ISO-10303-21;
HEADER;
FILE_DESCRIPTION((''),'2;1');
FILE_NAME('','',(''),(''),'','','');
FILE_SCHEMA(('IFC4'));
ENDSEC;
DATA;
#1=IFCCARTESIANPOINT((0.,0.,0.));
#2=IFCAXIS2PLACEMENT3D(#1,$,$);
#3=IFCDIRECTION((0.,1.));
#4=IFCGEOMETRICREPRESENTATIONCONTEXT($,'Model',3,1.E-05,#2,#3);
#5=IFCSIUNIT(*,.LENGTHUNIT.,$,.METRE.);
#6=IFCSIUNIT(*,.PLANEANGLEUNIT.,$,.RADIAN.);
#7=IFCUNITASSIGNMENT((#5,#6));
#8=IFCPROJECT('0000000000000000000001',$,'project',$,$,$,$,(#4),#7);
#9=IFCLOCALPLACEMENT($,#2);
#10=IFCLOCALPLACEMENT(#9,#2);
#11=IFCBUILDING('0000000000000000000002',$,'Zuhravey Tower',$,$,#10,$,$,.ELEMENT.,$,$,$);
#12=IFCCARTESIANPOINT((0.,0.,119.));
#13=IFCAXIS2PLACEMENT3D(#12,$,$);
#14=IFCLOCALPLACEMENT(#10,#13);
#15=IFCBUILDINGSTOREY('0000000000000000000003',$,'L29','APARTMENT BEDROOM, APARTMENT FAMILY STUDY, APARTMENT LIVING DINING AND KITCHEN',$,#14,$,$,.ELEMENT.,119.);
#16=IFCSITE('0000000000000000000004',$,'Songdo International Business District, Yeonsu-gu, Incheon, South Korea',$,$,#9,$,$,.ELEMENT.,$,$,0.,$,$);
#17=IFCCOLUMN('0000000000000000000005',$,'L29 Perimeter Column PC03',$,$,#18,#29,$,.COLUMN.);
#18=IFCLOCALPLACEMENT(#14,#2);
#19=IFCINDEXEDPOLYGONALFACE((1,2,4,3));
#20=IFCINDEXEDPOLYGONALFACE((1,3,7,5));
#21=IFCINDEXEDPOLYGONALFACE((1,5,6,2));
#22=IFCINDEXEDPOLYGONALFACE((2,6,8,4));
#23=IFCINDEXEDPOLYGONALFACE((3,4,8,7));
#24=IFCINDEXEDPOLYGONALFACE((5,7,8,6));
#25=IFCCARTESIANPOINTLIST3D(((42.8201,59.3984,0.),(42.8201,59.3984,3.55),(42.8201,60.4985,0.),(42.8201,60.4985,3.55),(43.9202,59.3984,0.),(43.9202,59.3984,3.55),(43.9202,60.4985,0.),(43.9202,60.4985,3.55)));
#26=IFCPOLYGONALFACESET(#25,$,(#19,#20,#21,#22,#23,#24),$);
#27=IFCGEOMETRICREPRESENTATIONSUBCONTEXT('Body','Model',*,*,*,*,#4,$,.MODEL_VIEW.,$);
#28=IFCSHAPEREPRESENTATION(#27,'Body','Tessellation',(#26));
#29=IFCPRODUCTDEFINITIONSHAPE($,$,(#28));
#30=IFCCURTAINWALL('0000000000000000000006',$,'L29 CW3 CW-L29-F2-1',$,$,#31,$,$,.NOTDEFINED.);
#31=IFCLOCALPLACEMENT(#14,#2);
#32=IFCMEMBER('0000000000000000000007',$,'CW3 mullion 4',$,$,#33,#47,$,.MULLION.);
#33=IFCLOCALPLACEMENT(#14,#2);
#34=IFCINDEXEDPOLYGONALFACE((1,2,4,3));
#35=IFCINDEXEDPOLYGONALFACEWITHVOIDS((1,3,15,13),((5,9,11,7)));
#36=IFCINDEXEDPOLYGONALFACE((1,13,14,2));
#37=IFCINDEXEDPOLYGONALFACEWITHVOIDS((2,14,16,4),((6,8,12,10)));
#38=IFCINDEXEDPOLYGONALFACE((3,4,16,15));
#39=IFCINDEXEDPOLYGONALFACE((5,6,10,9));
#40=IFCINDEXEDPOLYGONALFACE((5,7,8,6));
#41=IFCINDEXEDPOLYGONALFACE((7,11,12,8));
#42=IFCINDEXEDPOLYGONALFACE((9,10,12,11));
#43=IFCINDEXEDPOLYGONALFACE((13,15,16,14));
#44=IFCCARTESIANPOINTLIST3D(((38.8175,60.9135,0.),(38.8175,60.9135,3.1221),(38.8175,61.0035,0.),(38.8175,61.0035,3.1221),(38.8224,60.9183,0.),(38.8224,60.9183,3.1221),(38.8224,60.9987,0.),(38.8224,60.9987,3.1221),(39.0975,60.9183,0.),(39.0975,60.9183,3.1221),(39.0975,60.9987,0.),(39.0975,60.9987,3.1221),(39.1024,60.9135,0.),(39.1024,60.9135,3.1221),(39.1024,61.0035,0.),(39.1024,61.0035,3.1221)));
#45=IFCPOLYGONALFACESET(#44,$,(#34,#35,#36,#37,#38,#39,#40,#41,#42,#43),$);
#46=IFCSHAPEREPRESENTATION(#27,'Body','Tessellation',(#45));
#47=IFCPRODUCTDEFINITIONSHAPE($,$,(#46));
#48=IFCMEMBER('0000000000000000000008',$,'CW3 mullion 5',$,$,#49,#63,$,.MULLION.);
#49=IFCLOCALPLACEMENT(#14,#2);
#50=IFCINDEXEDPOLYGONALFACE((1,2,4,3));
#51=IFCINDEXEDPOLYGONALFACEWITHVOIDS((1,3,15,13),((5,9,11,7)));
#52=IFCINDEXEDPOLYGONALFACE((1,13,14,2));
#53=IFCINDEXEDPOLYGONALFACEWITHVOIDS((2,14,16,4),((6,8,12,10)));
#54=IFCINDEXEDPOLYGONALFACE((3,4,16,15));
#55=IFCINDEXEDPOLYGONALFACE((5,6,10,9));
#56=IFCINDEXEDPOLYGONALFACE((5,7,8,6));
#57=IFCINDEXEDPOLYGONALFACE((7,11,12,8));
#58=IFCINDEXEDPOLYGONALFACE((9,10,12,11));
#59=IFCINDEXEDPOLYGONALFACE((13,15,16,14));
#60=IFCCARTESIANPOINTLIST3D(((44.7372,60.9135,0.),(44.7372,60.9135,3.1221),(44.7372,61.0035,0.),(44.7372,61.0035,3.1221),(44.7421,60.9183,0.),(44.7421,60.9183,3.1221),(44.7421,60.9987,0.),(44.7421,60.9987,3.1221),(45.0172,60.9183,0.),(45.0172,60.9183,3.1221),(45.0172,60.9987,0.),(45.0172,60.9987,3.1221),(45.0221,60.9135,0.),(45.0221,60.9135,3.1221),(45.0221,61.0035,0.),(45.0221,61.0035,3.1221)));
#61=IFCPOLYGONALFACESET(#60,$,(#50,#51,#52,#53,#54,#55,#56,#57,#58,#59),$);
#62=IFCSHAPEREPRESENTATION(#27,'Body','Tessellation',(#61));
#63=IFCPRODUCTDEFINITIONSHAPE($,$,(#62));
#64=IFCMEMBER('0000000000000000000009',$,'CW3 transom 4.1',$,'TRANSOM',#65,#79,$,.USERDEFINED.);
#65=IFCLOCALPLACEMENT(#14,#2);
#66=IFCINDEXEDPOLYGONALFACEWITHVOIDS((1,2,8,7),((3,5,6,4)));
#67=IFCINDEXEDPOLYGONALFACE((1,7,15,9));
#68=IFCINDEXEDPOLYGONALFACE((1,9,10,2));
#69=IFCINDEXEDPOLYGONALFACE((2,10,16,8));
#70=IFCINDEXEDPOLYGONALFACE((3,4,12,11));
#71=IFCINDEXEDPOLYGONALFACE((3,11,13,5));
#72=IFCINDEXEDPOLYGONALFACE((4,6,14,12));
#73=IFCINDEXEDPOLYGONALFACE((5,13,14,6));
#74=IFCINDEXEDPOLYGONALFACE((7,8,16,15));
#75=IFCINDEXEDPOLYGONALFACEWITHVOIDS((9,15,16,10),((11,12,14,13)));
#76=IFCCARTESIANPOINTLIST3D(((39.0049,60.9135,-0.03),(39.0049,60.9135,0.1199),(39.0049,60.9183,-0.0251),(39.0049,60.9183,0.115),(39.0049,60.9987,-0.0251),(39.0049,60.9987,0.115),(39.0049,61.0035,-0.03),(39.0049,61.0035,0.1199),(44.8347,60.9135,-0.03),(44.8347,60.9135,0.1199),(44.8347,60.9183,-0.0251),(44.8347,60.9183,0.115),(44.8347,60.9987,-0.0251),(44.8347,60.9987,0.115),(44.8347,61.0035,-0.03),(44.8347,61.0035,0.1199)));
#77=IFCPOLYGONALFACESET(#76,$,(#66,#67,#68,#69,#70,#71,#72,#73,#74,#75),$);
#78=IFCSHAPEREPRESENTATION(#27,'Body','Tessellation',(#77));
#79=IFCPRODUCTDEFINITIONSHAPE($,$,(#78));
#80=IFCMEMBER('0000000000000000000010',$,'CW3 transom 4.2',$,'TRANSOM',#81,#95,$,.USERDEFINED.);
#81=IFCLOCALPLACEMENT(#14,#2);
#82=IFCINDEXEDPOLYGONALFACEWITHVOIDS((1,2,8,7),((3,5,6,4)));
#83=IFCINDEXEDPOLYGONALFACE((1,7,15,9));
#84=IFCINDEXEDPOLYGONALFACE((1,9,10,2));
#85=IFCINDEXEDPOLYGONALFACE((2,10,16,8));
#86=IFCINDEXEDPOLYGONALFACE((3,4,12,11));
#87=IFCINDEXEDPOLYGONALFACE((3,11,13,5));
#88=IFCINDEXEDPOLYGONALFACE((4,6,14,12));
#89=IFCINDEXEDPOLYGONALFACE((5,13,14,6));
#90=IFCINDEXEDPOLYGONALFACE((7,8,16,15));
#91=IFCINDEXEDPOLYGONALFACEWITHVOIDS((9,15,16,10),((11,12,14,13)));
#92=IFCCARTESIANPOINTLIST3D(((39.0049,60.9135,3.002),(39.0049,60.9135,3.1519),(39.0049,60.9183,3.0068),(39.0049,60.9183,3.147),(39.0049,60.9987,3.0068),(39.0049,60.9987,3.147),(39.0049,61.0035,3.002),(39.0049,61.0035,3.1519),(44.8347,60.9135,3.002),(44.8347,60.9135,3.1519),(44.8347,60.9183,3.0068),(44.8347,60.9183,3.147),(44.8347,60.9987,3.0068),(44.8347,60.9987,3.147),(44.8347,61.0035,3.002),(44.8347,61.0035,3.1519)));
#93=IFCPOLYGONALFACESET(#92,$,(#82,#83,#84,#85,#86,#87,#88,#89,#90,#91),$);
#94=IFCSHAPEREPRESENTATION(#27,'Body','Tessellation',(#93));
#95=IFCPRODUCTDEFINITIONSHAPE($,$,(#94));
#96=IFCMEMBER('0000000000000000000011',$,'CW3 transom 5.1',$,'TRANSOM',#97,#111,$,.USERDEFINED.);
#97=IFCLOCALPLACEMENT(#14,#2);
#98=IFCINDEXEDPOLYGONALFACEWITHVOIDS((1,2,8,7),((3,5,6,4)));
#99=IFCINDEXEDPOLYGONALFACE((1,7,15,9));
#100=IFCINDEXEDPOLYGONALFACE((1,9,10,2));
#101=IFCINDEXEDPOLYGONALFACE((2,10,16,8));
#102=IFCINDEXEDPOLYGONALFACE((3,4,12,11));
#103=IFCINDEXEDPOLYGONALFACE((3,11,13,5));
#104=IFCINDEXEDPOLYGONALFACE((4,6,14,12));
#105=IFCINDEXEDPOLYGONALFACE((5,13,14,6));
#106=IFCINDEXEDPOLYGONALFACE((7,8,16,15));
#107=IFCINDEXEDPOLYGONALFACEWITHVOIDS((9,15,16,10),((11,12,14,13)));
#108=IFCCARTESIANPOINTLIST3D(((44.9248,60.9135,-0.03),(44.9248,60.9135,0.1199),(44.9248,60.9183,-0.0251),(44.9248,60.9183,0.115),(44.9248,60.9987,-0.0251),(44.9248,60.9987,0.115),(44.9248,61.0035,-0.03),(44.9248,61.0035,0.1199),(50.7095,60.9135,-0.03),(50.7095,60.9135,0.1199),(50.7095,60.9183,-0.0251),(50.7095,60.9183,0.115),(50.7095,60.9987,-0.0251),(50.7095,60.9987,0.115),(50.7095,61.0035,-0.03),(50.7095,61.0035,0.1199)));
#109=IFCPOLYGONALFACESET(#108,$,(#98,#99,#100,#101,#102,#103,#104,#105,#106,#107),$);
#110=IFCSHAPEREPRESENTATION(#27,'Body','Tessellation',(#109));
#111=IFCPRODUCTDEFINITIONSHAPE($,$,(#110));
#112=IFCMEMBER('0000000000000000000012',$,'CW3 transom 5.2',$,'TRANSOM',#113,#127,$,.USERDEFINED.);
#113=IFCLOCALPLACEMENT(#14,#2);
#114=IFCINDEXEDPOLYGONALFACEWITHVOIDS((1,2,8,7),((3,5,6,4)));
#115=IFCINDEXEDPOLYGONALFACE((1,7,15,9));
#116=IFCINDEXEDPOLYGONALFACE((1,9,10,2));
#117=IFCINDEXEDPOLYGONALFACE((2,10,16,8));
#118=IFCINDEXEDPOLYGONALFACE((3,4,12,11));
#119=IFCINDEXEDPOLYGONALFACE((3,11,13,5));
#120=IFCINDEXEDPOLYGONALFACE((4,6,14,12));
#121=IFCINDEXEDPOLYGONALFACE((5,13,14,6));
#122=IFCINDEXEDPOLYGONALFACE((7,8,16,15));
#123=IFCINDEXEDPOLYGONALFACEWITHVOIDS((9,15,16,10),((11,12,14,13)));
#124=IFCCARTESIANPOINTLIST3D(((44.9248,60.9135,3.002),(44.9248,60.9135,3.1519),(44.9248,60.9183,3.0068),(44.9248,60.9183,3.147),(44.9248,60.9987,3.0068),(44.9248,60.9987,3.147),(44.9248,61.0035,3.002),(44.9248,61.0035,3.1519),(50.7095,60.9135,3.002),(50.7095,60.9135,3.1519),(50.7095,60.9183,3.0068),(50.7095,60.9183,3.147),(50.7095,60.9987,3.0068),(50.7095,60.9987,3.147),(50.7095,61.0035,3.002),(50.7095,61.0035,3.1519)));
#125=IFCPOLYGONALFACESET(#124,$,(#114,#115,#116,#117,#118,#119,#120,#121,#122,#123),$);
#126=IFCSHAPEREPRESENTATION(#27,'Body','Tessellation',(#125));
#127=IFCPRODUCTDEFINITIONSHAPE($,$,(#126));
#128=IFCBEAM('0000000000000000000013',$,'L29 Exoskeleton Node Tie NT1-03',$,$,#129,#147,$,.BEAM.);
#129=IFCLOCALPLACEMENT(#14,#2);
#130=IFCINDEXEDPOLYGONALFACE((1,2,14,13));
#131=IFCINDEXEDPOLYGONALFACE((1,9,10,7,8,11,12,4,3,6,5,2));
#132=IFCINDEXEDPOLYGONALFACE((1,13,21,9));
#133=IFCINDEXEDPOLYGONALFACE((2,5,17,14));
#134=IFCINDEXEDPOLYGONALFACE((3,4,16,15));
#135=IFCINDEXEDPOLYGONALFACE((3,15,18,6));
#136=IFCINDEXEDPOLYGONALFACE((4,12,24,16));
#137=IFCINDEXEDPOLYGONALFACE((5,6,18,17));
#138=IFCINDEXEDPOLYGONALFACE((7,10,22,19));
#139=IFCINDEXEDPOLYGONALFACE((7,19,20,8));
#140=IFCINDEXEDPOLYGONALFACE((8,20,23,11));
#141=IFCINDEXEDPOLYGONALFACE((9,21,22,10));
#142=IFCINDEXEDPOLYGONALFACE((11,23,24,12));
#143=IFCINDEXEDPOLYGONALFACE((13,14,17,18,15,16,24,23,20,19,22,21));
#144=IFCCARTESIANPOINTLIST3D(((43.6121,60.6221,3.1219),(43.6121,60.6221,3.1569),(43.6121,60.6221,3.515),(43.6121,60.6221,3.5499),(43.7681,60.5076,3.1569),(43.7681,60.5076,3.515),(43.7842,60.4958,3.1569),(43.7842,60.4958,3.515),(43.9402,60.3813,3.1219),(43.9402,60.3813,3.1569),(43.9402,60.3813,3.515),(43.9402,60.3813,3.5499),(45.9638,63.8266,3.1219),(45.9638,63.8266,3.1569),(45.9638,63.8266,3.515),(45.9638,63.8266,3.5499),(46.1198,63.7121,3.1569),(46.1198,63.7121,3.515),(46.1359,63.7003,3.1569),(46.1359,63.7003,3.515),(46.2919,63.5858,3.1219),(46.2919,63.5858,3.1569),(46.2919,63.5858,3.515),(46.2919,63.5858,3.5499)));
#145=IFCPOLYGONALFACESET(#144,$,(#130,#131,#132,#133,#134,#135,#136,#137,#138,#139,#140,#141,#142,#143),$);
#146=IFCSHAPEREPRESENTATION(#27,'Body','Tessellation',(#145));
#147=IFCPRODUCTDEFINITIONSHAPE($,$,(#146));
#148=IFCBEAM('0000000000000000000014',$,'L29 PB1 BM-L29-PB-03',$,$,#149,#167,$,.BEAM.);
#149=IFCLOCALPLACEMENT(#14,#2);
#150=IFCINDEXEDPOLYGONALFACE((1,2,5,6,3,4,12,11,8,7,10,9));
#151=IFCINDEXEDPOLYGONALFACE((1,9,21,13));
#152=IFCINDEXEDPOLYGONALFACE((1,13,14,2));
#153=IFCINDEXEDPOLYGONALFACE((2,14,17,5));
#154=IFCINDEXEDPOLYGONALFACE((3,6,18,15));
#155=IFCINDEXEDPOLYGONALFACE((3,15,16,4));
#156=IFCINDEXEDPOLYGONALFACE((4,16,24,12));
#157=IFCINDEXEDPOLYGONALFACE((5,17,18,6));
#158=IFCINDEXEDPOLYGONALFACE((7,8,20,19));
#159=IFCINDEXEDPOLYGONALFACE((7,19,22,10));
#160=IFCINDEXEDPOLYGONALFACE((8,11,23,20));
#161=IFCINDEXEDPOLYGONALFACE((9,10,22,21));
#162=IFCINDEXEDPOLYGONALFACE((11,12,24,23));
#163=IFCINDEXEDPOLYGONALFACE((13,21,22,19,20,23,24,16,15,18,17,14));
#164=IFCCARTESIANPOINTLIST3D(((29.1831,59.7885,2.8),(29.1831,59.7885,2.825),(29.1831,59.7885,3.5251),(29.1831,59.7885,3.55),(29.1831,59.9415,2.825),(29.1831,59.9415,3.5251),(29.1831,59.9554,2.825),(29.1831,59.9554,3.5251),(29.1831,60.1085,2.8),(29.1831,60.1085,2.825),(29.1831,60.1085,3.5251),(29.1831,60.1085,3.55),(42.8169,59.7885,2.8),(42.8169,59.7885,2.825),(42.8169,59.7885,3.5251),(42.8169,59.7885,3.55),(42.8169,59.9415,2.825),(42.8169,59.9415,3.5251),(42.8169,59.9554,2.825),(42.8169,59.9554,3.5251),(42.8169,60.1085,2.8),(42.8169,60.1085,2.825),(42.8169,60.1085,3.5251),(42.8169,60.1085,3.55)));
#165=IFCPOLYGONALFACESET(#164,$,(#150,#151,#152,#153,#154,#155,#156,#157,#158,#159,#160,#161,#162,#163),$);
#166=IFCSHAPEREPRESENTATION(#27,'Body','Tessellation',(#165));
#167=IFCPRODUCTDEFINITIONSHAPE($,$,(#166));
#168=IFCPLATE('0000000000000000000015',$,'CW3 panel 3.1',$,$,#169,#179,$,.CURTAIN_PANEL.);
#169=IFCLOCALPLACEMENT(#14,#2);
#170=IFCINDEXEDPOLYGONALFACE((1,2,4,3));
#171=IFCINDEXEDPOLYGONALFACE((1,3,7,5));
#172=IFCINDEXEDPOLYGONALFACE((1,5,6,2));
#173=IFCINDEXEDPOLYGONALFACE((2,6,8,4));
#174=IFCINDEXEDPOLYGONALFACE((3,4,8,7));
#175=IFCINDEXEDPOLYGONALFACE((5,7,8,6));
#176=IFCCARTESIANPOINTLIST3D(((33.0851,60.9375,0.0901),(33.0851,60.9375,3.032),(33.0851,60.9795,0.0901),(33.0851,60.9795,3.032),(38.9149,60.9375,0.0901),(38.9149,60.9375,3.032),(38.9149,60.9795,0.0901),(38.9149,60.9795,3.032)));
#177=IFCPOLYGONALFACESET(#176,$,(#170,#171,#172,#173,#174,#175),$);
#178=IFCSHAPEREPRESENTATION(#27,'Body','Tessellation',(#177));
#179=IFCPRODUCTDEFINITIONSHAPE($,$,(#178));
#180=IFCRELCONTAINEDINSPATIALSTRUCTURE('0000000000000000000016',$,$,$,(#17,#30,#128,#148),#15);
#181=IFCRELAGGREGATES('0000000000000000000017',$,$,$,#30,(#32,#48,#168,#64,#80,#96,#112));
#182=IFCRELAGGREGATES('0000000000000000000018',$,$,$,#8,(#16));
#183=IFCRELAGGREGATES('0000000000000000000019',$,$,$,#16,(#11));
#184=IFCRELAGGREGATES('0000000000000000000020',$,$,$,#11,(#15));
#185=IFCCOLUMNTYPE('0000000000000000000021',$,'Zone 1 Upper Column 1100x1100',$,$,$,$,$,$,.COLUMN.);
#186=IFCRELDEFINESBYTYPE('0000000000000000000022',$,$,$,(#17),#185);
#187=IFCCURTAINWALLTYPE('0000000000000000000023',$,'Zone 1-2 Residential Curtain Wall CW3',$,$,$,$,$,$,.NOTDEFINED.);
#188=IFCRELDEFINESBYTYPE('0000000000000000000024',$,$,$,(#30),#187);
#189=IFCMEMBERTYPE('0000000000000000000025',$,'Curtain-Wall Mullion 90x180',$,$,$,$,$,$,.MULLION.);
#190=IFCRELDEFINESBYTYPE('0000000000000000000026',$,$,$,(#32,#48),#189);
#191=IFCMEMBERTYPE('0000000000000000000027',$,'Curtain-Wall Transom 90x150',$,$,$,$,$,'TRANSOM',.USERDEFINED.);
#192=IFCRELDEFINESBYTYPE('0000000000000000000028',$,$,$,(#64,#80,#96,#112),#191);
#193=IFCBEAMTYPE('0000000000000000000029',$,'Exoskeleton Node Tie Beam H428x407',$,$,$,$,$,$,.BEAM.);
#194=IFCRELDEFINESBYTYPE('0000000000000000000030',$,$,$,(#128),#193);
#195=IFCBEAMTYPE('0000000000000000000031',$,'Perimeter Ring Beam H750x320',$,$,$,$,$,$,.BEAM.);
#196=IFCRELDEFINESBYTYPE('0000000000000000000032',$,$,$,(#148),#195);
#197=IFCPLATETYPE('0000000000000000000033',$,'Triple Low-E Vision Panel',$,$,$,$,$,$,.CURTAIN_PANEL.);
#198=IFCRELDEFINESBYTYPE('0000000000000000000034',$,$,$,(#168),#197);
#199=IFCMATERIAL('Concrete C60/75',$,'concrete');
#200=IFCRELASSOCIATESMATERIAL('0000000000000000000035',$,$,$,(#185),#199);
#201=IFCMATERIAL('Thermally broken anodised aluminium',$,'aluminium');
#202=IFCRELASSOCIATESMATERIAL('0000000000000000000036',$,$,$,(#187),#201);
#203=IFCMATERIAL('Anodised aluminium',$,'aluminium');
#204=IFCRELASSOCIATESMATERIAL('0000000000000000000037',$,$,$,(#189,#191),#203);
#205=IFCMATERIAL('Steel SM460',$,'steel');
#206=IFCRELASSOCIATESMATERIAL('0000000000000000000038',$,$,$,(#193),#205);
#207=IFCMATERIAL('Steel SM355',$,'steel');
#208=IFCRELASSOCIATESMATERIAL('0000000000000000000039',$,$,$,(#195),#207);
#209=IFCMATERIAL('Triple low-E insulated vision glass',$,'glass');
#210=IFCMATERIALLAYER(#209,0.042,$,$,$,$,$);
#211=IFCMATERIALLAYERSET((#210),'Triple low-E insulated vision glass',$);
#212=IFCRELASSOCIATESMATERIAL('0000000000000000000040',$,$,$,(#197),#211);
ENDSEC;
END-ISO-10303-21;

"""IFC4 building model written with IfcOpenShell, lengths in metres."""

from ifc_helpers import new_model, si_unit, direction, frame, origin, origin_2d, place, context, subcontext, project, spatial, rectangle, hollow_rectangle, i_section, extrude, material, layer, layer_set, material_profile, profile_set, type_object, element, aggregate, save


model = new_model("IFC4")

# Units and contexts
model_context = context("Model", 3, precision=1e-05, world=origin(), true_north=direction((0.0, 1.0)))
body_context = subcontext(model_context, "Body", "Model", "MODEL_VIEW")
ifc_project = project(units=[si_unit("LENGTHUNIT", "METRE"), si_unit("PLANEANGLEUNIT", "RADIAN")], contexts=[model_context])

# Site, building, storey
site_placement = place(None, origin())
site = spatial("IfcSite", under=ifc_project, at=site_placement, Name="Songdo International Business District, Yeonsu-gu, Incheon, South Korea", CompositionType="ELEMENT", RefElevation=0.0)
building_placement = place(site_placement, origin())
building = spatial("IfcBuilding", under=site, at=building_placement, Name="Zuhravey Tower", CompositionType="ELEMENT")
storey_placement = place(building_placement, frame((0.0, 0.0, 119.0)))
storey = spatial("IfcBuildingStorey", under=building, at=storey_placement, Name="L29", Description="APARTMENT BEDROOM, APARTMENT FAMILY STUDY, APARTMENT LIVING DINING AND KITCHEN", CompositionType="ELEMENT", Elevation=119.0)

# Column
ifc_material_1 = material(Name="Concrete C60/75", Category="concrete")
ifc_material_profile_1 = material_profile(ifc_material_1, rectangle(XDim=1.1001, YDim=1.1001, at=origin_2d()), Name="RC-1100x1100")
ifc_profile_set_1 = profile_set([ifc_material_profile_1], Name="Concrete C60/75")
column_type = type_object("IfcColumnType", Name="Zone 1 Upper Column 1100x1100", PredefinedType="COLUMN", material=ifc_profile_set_1)
column_placement = place(storey_placement, frame((43.3701, 59.9485, 0.0), z_axis=(0.0, 0.0, 1.0), x_axis=(-1.0, 0.0, 0.0)))
element("IfcColumn", 1, at=column_placement, inside=storey, type_object=column_type, Name="L29 Perimeter Column PC03", PredefinedType="COLUMN", context=body_context, shape_type="SweptSolid", body=[
    extrude(rectangle(XDim=1.1001, YDim=1.1001, at=origin_2d()), origin(), (0.0, 0.0, 1.0), 3.55),
])

# Curtain wall, members
ifc_material_2 = material(Name="Thermally broken anodised aluminium", Category="aluminium")
curtain_wall_type = type_object("IfcCurtainWallType", Name="Zone 1-2 Residential Curtain Wall CW3", PredefinedType="NOTDEFINED", material=ifc_material_2)
curtain_wall_placement = place(storey_placement, origin())
curtain_wall = element("IfcCurtainWall", 2, at=curtain_wall_placement, inside=storey, type_object=curtain_wall_type, Name="L29 CW3 CW-L29-F2-1", PredefinedType="NOTDEFINED")
ifc_material_3 = material(Name="Anodised aluminium", Category="aluminium")
ifc_material_profile_2 = material_profile(ifc_material_3, hollow_rectangle(XDim=0.0901, YDim=0.2849, WallThickness=0.0049, at=origin_2d()), Name="ALU-RHS-90x285x5")
ifc_profile_set_2 = profile_set([ifc_material_profile_2], Name="Anodised aluminium")
member_type_1 = type_object("IfcMemberType", Name="Curtain-Wall Mullion 90x180", PredefinedType="MULLION", material=ifc_profile_set_2)
member_1_placement = place(storey_placement, frame((38.96, 60.9585, 0.0), z_axis=(0.0, 0.0, 1.0), x_axis=(0.0, 1.0, 0.0)))
member_1 = element("IfcMember", 3, at=member_1_placement, type_object=member_type_1, Name="CW3 mullion 4", PredefinedType="MULLION", context=body_context, shape_type="SweptSolid", body=[
    extrude(hollow_rectangle(XDim=0.0901, YDim=0.2849, WallThickness=0.0049, at=origin_2d()), origin(), (0.0, 0.0, 1.0), 3.1221),
])
member_2_placement = place(storey_placement, frame((44.8796, 60.9585, 0.0), z_axis=(0.0, 0.0, 1.0), x_axis=(0.0, 1.0, 0.0)))
member_2 = element("IfcMember", 4, at=member_2_placement, type_object=member_type_1, Name="CW3 mullion 5", PredefinedType="MULLION", context=body_context, shape_type="SweptSolid", body=[
    extrude(hollow_rectangle(XDim=0.0901, YDim=0.2849, WallThickness=0.0049, at=origin_2d()), origin(), (0.0, 0.0, 1.0), 3.1221),
])
ifc_material_profile_3 = material_profile(ifc_material_3, hollow_rectangle(XDim=0.0901, YDim=0.1499, WallThickness=0.0049, at=origin_2d()), Name="ALU-RHS-90x150x5")
ifc_profile_set_3 = profile_set([ifc_material_profile_3], Name="Anodised aluminium")
member_type_2 = type_object("IfcMemberType", Name="Curtain-Wall Transom 90x150", ElementType="TRANSOM", PredefinedType="USERDEFINED", material=ifc_profile_set_3)
member_3_placement = place(storey_placement, frame((39.0049, 60.9585, 0.0449), z_axis=(1.0, 0.0, 0.0), x_axis=(0.0, 1.0, 0.0)))
member_3 = element("IfcMember", 5, at=member_3_placement, type_object=member_type_2, Name="CW3 transom 4.1", ObjectType="TRANSOM", PredefinedType="USERDEFINED", context=body_context, shape_type="SweptSolid", body=[
    extrude(hollow_rectangle(XDim=0.0901, YDim=0.1499, WallThickness=0.0049, at=origin_2d()), origin(), (0.0, 0.0, 1.0), 5.8298),
])
member_4_placement = place(storey_placement, frame((39.0049, 60.9585, 3.0769), z_axis=(1.0, 0.0, 0.0), x_axis=(0.0, 1.0, 0.0)))
member_4 = element("IfcMember", 6, at=member_4_placement, type_object=member_type_2, Name="CW3 transom 4.2", ObjectType="TRANSOM", PredefinedType="USERDEFINED", context=body_context, shape_type="SweptSolid", body=[
    extrude(hollow_rectangle(XDim=0.0901, YDim=0.1499, WallThickness=0.0049, at=origin_2d()), origin(), (0.0, 0.0, 1.0), 5.8298),
])
member_5_placement = place(storey_placement, frame((44.9248, 60.9585, 0.0449), z_axis=(1.0, 0.0, 0.0), x_axis=(0.0, 1.0, 0.0)))
member_5 = element("IfcMember", 7, at=member_5_placement, type_object=member_type_2, Name="CW3 transom 5.1", ObjectType="TRANSOM", PredefinedType="USERDEFINED", context=body_context, shape_type="SweptSolid", body=[
    extrude(hollow_rectangle(XDim=0.0901, YDim=0.1499, WallThickness=0.0049, at=origin_2d()), origin(), (0.0, 0.0, 1.0), 5.7847),
])
member_6_placement = place(storey_placement, frame((44.9248, 60.9585, 3.0769), z_axis=(1.0, 0.0, 0.0), x_axis=(0.0, 1.0, 0.0)))
member_6 = element("IfcMember", 8, at=member_6_placement, type_object=member_type_2, Name="CW3 transom 5.2", ObjectType="TRANSOM", PredefinedType="USERDEFINED", context=body_context, shape_type="SweptSolid", body=[
    extrude(hollow_rectangle(XDim=0.0901, YDim=0.1499, WallThickness=0.0049, at=origin_2d()), origin(), (0.0, 0.0, 1.0), 5.7847),
])

# Beams
ifc_material_4 = material(Name="Steel SM460", Category="steel")
ifc_material_profile_4 = material_profile(ifc_material_4, i_section(OverallWidth=0.407, OverallDepth=0.428, WebThickness=0.02, FlangeThickness=0.0349, at=origin_2d()), Name="H-428x407x20x35")
ifc_profile_set_4 = profile_set([ifc_material_profile_4], Name="Steel SM460")
beam_type_1 = type_object("IfcBeamType", Name="Exoskeleton Node Tie Beam H428x407", PredefinedType="BEAM", material=ifc_profile_set_4)
beam_1_placement = place(storey_placement, frame((43.7761, 60.5017, 3.3359), z_axis=(0.591654, 0.806192, 0.0), x_axis=(-0.806192, 0.591654, 0.0)))
element("IfcBeam", 9, at=beam_1_placement, inside=storey, type_object=beam_type_1, Name="L29 Exoskeleton Node Tie NT1-03", PredefinedType="BEAM", context=body_context, shape_type="SweptSolid", body=[
    extrude(i_section(OverallWidth=0.407, OverallDepth=0.428, WebThickness=0.02, FlangeThickness=0.0349, at=origin_2d()), origin(), (0.0, 0.0, 1.0), 3.9749),
])
ifc_material_5 = material(Name="Steel SM355", Category="steel")
ifc_material_profile_5 = material_profile(ifc_material_5, i_section(OverallWidth=0.3201, OverallDepth=0.75, WebThickness=0.0139, FlangeThickness=0.0249, at=origin_2d()), Name="H-750x320x14x25")
ifc_profile_set_5 = profile_set([ifc_material_profile_5], Name="Steel SM355")
beam_type_2 = type_object("IfcBeamType", Name="Perimeter Ring Beam H750x320", PredefinedType="BEAM", material=ifc_profile_set_5)
beam_2_placement = place(storey_placement, frame((42.8169, 59.9485, 3.175), z_axis=(-1.0, 0.0, 0.0), x_axis=(0.0, -1.0, 0.0)))
element("IfcBeam", 10, at=beam_2_placement, inside=storey, type_object=beam_type_2, Name="L29 PB1 BM-L29-PB-03", PredefinedType="BEAM", context=body_context, shape_type="SweptSolid", body=[
    extrude(i_section(OverallWidth=0.3201, OverallDepth=0.75, WebThickness=0.0139, FlangeThickness=0.0249, at=origin_2d()), origin(), (0.0, 0.0, 1.0), 13.6338),
])

# Plate
ifc_material_6 = material(Name="Triple low-E insulated vision glass", Category="glass")
ifc_layer_1 = layer(ifc_material_6, 0.042)
ifc_layer_set_1 = layer_set([ifc_layer_1], Name="Triple low-E insulated vision glass")
plate_type = type_object("IfcPlateType", Name="Triple Low-E Vision Panel", PredefinedType="CURTAIN_PANEL", material=ifc_layer_set_1)
plate_1_placement = place(storey_placement, frame((36.0, 60.9585, 0.0901), z_axis=(0.0, 0.0, 1.0), x_axis=(1.0, 0.0, 0.0)))
plate_1 = element("IfcPlate", 11, at=plate_1_placement, type_object=plate_type, Name="CW3 panel 3.1", PredefinedType="CURTAIN_PANEL", context=body_context, shape_type="SweptSolid", body=[
    extrude(rectangle(XDim=5.8298, YDim=0.042, at=origin_2d()), origin(), (0.0, 0.0, 1.0), 2.9419),
])
aggregate(curtain_wall, [member_1, member_2, plate_1, member_3, member_4, member_5, member_6])

save(model, "model.ifc")
